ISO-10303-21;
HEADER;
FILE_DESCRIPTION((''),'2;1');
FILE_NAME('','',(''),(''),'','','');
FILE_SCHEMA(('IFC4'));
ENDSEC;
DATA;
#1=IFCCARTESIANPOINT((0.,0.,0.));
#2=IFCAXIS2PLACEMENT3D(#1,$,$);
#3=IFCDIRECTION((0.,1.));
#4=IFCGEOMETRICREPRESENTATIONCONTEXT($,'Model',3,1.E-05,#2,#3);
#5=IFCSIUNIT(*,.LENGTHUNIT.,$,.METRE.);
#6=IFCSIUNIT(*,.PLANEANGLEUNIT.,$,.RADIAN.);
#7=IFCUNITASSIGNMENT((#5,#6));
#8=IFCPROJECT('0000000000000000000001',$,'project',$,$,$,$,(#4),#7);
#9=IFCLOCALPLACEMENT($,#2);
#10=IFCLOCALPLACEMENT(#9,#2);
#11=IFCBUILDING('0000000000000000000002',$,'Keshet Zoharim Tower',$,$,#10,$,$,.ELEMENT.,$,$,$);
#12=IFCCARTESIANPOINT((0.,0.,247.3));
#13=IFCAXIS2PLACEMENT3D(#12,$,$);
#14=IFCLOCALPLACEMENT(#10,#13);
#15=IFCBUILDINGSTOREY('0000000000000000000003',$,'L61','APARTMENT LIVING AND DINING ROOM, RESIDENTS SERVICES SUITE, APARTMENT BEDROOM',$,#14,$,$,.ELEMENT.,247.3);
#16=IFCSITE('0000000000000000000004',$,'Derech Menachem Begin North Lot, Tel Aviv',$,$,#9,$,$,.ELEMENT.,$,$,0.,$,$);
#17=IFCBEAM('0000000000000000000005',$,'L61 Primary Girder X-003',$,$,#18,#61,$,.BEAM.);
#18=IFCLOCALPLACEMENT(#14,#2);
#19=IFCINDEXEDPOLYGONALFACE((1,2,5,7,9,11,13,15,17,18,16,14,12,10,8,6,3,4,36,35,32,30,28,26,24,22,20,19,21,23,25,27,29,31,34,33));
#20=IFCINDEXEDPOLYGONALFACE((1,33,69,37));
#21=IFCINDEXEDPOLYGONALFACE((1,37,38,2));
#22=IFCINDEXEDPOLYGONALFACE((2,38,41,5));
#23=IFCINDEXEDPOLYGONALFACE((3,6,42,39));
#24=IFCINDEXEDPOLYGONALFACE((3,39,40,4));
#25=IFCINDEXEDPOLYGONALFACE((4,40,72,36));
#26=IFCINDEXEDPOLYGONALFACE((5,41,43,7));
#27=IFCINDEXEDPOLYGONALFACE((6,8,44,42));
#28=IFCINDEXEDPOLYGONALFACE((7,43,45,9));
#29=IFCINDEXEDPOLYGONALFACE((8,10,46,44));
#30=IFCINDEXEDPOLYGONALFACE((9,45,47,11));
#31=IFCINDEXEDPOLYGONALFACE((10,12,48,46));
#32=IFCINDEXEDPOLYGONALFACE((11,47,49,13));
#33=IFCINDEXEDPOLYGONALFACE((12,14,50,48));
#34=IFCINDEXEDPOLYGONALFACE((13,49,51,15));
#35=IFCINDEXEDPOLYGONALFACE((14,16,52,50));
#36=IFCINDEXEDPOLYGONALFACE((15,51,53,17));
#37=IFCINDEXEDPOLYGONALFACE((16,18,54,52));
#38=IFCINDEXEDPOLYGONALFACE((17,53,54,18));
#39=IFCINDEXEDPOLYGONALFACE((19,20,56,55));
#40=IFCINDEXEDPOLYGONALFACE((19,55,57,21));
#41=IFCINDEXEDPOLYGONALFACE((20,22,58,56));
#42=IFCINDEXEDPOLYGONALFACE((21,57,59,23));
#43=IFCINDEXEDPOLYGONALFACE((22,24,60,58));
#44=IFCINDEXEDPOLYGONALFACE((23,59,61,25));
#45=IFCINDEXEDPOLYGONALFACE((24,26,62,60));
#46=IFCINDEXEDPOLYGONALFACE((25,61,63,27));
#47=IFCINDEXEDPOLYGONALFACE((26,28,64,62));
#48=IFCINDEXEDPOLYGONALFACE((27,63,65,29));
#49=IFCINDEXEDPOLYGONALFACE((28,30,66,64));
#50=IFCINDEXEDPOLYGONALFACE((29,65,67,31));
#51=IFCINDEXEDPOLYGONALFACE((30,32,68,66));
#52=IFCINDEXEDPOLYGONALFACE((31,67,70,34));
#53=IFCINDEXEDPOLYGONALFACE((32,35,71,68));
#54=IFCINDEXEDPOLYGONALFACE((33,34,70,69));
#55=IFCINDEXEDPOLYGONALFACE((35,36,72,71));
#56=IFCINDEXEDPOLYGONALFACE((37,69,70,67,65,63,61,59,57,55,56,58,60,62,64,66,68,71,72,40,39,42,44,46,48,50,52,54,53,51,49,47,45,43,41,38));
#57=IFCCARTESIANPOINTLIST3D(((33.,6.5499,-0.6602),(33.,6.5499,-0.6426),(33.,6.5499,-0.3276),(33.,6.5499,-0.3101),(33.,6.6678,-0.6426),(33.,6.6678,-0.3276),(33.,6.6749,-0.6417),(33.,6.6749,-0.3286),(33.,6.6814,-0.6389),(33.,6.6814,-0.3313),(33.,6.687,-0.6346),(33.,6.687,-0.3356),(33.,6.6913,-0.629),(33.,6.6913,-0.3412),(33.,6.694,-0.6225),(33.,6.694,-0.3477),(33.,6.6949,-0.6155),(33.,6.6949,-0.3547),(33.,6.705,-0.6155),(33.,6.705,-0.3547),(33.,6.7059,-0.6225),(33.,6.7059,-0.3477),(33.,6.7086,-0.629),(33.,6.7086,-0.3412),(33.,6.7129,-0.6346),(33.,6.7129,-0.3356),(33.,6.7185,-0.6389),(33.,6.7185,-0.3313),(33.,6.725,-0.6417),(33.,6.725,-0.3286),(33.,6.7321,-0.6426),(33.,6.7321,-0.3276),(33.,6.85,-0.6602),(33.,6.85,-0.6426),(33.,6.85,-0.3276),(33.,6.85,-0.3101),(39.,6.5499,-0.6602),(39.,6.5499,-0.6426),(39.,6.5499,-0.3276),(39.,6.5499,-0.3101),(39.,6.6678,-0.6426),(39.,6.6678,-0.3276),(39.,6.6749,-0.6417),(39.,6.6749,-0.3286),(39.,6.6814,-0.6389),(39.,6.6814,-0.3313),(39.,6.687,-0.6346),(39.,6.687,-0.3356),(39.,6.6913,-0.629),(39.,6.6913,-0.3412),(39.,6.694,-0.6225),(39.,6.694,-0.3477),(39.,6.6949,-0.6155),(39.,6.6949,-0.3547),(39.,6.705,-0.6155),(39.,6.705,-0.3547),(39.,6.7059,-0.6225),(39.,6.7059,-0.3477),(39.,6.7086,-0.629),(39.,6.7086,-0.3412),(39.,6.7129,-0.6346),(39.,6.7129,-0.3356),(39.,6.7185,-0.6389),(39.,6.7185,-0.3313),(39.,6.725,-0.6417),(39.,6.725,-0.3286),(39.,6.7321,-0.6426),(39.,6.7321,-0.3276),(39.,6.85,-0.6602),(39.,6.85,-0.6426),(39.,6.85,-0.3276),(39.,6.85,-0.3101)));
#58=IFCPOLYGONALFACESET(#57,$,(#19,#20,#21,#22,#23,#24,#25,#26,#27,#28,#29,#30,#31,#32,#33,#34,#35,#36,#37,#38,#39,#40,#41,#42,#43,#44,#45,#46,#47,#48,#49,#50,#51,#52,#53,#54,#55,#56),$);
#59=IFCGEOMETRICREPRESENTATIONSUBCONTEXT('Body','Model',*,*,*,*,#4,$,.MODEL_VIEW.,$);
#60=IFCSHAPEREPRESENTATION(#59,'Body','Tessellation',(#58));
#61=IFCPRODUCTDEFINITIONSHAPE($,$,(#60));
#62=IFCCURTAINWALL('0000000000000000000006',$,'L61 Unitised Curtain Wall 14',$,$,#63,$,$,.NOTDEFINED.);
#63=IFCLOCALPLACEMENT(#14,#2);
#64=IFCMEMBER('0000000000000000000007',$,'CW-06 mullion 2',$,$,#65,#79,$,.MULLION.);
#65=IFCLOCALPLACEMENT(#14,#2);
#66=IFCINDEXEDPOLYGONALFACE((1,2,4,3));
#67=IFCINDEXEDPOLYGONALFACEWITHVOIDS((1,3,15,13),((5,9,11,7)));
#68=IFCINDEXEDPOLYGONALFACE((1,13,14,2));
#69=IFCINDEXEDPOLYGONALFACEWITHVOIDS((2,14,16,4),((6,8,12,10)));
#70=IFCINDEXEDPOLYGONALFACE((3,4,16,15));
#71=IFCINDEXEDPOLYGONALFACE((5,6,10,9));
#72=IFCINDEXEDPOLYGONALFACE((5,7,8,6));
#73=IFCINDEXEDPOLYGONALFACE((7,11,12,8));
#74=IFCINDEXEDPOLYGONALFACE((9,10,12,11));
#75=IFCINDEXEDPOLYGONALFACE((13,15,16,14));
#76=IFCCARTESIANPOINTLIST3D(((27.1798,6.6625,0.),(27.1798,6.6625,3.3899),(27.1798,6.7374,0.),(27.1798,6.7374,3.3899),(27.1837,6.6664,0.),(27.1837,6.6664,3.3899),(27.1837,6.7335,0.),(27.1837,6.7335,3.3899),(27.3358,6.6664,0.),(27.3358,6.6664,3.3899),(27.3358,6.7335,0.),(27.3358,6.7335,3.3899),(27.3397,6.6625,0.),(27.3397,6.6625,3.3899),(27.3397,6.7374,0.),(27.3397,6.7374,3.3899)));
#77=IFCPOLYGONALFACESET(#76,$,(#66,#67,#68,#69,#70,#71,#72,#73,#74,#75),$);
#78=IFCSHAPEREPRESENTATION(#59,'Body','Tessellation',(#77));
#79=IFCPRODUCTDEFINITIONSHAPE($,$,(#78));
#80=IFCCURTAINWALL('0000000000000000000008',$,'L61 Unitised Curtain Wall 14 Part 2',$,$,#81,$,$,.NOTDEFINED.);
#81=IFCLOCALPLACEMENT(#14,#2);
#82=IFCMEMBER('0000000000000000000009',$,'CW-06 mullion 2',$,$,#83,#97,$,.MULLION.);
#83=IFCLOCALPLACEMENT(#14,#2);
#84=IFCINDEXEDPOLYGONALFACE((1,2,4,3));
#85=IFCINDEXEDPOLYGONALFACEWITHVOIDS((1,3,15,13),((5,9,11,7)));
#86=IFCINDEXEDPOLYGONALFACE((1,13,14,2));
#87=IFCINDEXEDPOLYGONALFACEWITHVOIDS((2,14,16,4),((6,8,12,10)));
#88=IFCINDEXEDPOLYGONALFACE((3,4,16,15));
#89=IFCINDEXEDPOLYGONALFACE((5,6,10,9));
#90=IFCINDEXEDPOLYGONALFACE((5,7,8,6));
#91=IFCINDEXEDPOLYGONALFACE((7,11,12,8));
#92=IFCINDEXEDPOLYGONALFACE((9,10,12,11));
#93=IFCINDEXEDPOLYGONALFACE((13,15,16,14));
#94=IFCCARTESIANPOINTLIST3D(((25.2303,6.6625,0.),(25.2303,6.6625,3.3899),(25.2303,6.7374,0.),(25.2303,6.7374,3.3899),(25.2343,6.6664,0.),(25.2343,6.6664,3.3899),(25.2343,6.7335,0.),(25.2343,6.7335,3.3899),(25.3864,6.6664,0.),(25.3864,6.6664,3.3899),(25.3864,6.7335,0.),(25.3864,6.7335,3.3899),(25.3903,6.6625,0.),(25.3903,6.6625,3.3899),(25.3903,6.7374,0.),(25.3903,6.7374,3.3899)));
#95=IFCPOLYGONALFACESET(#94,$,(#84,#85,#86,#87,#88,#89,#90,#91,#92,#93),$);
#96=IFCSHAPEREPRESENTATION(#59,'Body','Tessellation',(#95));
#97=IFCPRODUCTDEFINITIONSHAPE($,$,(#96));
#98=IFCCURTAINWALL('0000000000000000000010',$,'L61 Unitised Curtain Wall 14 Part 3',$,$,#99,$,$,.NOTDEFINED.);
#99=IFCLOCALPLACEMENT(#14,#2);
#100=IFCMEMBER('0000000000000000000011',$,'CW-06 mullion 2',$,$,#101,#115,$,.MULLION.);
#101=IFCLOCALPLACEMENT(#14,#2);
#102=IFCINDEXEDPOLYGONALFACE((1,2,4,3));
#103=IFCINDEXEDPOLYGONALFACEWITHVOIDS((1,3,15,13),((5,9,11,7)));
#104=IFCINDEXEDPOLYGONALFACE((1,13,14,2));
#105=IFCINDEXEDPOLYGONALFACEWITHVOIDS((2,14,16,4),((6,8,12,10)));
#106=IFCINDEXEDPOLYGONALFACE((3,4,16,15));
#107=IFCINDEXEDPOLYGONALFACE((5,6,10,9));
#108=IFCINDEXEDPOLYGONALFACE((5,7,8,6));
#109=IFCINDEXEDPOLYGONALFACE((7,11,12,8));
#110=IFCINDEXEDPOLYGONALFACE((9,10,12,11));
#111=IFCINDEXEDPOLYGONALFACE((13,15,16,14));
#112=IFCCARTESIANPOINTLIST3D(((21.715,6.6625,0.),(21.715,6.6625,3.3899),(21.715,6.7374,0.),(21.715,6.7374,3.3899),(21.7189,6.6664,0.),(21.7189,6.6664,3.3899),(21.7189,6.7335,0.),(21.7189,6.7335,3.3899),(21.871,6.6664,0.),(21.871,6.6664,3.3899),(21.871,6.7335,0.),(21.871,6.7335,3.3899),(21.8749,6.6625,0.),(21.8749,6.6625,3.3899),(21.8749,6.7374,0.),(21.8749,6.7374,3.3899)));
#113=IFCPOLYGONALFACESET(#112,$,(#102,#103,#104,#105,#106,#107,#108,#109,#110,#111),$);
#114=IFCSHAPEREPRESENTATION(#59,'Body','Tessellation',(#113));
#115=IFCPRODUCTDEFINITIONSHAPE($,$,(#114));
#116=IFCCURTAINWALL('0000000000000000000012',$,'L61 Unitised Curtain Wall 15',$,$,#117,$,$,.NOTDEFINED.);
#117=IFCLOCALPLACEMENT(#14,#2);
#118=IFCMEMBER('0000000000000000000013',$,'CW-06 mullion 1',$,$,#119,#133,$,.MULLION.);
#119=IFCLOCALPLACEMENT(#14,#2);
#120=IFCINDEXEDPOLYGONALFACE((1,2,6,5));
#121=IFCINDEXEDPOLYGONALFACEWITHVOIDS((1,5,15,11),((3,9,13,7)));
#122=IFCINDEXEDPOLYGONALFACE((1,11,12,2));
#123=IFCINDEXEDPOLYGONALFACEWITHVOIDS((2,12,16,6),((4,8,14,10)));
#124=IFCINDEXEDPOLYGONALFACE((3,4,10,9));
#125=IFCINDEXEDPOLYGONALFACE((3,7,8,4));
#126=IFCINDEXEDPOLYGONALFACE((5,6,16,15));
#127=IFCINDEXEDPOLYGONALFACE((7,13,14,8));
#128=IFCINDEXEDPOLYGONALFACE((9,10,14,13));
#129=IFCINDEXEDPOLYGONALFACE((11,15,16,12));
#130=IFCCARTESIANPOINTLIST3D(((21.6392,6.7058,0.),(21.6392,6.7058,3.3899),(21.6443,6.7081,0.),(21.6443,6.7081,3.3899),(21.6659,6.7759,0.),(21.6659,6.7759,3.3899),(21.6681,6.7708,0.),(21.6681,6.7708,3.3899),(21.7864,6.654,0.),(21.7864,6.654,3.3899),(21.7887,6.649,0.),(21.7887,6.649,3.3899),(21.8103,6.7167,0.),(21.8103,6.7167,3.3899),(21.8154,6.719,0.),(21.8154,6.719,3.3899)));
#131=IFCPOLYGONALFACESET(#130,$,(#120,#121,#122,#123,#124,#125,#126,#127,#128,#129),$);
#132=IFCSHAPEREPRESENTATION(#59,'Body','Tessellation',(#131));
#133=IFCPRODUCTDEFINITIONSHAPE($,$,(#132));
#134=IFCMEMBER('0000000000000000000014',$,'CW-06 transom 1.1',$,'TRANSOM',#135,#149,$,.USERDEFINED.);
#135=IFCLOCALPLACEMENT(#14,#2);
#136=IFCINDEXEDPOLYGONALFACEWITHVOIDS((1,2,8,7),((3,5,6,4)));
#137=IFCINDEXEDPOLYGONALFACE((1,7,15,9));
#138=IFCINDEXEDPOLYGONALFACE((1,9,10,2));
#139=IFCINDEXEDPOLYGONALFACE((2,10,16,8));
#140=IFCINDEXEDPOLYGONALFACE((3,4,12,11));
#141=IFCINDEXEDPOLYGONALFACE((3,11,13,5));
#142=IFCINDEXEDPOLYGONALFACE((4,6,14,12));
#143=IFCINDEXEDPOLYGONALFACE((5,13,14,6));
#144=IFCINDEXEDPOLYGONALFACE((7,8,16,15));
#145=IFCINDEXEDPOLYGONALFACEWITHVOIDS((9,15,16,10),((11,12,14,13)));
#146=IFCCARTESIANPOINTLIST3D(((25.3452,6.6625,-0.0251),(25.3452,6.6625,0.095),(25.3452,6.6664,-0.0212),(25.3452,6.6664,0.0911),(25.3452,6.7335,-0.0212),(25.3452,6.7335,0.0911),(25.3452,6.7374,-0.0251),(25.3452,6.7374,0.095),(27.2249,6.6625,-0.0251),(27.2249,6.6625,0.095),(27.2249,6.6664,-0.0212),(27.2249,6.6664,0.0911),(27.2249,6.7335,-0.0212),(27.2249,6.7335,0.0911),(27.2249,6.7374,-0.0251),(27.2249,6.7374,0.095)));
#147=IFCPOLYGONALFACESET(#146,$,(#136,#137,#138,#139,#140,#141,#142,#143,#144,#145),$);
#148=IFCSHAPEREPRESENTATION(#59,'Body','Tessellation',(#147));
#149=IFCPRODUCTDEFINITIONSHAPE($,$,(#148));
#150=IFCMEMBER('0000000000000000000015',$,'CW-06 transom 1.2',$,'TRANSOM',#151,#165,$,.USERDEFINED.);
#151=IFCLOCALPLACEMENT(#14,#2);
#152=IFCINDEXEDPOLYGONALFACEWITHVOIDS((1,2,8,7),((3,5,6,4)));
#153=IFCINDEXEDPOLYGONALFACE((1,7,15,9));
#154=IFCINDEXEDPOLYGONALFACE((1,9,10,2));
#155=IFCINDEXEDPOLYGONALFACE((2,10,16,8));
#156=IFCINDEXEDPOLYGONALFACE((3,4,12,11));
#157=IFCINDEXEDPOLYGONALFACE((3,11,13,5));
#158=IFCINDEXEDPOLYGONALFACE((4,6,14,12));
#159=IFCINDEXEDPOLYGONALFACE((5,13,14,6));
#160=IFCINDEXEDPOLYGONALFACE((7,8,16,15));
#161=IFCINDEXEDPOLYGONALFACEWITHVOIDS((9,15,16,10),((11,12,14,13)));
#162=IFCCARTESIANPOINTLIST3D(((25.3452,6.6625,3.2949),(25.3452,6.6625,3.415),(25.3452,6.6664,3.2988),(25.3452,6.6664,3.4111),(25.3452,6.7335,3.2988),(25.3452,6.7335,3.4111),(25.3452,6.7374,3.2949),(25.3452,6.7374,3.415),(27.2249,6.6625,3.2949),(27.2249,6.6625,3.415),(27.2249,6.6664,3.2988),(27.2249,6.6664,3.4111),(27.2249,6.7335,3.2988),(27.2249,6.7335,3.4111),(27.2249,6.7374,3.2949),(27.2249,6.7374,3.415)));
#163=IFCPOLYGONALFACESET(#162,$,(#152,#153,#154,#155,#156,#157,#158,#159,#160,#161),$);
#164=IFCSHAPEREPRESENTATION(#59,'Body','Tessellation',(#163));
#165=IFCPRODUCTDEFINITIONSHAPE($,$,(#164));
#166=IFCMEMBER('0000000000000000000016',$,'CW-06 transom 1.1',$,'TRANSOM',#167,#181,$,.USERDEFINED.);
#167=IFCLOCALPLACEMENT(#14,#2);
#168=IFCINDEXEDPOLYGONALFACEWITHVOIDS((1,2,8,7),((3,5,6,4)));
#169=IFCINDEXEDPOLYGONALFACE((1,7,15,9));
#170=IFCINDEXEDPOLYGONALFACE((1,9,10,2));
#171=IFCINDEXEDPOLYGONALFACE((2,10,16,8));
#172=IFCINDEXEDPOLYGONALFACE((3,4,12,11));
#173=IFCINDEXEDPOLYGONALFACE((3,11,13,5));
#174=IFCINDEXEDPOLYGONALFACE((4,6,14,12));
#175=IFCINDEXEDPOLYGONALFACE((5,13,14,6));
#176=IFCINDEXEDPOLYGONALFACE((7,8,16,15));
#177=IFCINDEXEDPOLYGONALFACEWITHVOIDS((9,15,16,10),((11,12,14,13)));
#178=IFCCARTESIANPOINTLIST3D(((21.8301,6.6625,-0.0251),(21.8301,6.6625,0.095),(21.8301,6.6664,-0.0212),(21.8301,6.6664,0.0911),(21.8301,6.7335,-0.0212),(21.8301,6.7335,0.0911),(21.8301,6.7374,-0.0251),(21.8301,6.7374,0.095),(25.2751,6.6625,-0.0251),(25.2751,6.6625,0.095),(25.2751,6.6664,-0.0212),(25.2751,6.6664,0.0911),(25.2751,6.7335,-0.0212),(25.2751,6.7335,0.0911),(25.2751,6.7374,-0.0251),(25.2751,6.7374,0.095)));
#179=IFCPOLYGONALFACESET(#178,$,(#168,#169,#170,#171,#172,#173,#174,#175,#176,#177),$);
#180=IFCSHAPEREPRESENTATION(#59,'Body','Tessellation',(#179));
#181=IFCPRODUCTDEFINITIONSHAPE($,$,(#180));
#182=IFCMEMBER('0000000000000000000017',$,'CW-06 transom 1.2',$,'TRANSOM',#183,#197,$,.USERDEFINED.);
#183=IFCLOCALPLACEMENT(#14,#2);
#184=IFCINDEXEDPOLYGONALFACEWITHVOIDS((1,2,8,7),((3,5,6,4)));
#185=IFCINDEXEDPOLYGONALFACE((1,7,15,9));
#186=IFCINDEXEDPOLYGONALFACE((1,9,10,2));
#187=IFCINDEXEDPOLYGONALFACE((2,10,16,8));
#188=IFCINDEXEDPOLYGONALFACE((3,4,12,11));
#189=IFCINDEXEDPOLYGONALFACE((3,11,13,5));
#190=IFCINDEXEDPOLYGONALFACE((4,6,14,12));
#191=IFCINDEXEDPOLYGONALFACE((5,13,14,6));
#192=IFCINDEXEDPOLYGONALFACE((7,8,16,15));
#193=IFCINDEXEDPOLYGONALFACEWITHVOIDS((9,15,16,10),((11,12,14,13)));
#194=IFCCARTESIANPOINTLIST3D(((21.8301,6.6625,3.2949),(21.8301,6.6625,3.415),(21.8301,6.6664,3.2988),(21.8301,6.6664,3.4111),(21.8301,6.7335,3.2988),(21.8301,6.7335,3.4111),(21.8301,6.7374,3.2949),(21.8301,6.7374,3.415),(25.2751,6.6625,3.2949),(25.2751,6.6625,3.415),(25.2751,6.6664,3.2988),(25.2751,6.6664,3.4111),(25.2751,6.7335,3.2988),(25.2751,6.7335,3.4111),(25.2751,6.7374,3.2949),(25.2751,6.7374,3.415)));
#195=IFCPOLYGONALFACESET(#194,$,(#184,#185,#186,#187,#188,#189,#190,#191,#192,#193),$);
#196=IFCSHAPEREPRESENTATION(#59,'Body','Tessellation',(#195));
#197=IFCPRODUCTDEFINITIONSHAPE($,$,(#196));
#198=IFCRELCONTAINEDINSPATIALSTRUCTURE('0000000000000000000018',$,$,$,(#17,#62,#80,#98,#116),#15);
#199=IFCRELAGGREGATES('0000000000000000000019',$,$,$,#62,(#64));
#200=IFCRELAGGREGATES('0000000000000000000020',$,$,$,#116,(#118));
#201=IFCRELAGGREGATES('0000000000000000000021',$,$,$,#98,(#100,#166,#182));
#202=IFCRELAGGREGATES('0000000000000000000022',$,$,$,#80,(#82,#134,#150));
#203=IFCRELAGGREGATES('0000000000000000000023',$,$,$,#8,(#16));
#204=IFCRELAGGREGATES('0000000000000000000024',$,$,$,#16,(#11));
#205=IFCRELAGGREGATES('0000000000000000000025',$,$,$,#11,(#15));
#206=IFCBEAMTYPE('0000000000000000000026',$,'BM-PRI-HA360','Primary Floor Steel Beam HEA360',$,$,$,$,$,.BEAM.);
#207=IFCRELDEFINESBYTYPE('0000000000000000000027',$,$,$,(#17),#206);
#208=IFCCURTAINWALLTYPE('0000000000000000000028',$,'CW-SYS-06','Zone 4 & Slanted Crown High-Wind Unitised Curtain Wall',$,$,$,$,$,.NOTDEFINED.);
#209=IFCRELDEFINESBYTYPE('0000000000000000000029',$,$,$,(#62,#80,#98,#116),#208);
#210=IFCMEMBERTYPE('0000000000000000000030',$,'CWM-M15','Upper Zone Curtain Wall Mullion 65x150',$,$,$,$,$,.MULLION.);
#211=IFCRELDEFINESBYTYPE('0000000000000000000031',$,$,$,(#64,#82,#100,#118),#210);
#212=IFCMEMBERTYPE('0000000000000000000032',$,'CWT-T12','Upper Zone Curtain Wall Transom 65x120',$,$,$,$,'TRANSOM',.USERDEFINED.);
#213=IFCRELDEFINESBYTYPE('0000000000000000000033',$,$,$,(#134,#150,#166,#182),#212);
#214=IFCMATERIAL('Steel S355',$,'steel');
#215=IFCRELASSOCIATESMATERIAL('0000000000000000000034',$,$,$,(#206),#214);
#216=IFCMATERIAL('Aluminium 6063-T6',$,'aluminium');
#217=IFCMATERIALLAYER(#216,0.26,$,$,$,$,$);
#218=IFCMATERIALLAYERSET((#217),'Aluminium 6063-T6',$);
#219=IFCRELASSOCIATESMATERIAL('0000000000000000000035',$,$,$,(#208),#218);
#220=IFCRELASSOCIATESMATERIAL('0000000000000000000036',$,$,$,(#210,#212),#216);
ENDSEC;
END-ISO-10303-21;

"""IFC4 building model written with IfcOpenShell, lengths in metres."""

from ifc_helpers import new_model, si_unit, direction, frame, origin, origin_2d, place, context, subcontext, project, spatial, hollow_rectangle, i_section, extrude, material, layer, layer_set, material_profile, profile_set, type_object, element, aggregate, save


model = new_model("IFC4")

# Units and contexts
model_context = context("Model", 3, precision=1e-05, world=origin(), true_north=direction((0.0, 1.0)))
body_context = subcontext(model_context, "Body", "Model", "MODEL_VIEW")
ifc_project = project(units=[si_unit("LENGTHUNIT", "METRE"), si_unit("PLANEANGLEUNIT", "RADIAN")], contexts=[model_context])

# Site, building, storey
site_placement = place(None, origin())
site = spatial("IfcSite", under=ifc_project, at=site_placement, Name="Derech Menachem Begin North Lot, Tel Aviv", CompositionType="ELEMENT", RefElevation=0.0)
building_placement = place(site_placement, origin())
building = spatial("IfcBuilding", under=site, at=building_placement, Name="Keshet Zoharim Tower", CompositionType="ELEMENT")
storey_placement = place(building_placement, frame((0.0, 0.0, 247.3)))
storey = spatial("IfcBuildingStorey", under=building, at=storey_placement, Name="L61", Description="APARTMENT LIVING AND DINING ROOM, RESIDENTS SERVICES SUITE, APARTMENT BEDROOM", CompositionType="ELEMENT", Elevation=247.3)

# Shared definitions
ifc_material_1 = material(Name="Steel S355", Category="steel")

# Beam
ifc_material_profile_1 = material_profile(ifc_material_1, i_section(OverallWidth=0.3, OverallDepth=0.3501, WebThickness=0.01, FlangeThickness=0.0176, FilletRadius=0.0271, at=origin_2d()), Name="HEA360")
ifc_profile_set_1 = profile_set([ifc_material_profile_1], Name="Steel S355")
beam_type_1 = type_object("IfcBeamType", Name="BM-PRI-HA360", Description="Primary Floor Steel Beam HEA360", PredefinedType="BEAM", material=ifc_profile_set_1)
for number, where, z_axis, x_axis, name in (
    (1, (33.0, 6.7, -0.4851), (1.0, 0.0, 0.0), (0.0, 1.0, 0.0), "L61 Primary Girder X-003"),
):
    element("IfcBeam", number, at=place(storey_placement, frame(where, z_axis=z_axis, x_axis=x_axis)), inside=storey, type_object=beam_type_1, Name=name, PredefinedType="BEAM", context=body_context, shape_type="SweptSolid", body=[
        extrude(i_section(OverallWidth=0.3, OverallDepth=0.3501, WebThickness=0.01, FlangeThickness=0.0176, FilletRadius=0.0271, at=origin_2d()), origin(), (0.0, 0.0, 1.0), 6.0),
    ])

# Curtain walls, members
ifc_material_2 = material(Name="Aluminium 6063-T6", Category="aluminium")
ifc_layer_1 = layer(ifc_material_2, 0.26)
ifc_layer_set_1 = layer_set([ifc_layer_1], Name="Aluminium 6063-T6")
curtain_wall_type = type_object("IfcCurtainWallType", Name="CW-SYS-06", Description="Zone 4 & Slanted Crown High-Wind Unitised Curtain Wall", PredefinedType="NOTDEFINED", material=ifc_layer_set_1)
curtain_wall_1_placement = place(storey_placement, origin())
curtain_wall_1 = element("IfcCurtainWall", 2, at=curtain_wall_1_placement, inside=storey, type_object=curtain_wall_type, Name="L61 Unitised Curtain Wall 14", PredefinedType="NOTDEFINED")
ifc_material_profile_2 = material_profile(ifc_material_2, hollow_rectangle(XDim=0.075, YDim=0.1599, WallThickness=0.0039, at=origin_2d()), Name="MUL-75x160")
ifc_profile_set_2 = profile_set([ifc_material_profile_2], Name="Aluminium 6063-T6")
member_type_1 = type_object("IfcMemberType", Name="CWM-M15", Description="Upper Zone Curtain Wall Mullion 65x150", PredefinedType="MULLION", material=ifc_profile_set_2)
member_1_placement = place(storey_placement, frame((27.2598, 6.7, 0.0), z_axis=(0.0, 0.0, 1.0), x_axis=(0.0, -1.0, 0.0)))
member_1 = element("IfcMember", 3, at=member_1_placement, type_object=member_type_1, Name="CW-06 mullion 2", PredefinedType="MULLION", context=body_context, shape_type="SweptSolid", body=[
    extrude(hollow_rectangle(XDim=0.075, YDim=0.1599, WallThickness=0.0039, at=origin_2d()), origin(), (0.0, 0.0, 1.0), 3.3899),
])
aggregate(curtain_wall_1, [member_1])
curtain_wall_2_placement = place(storey_placement, origin())
curtain_wall_2 = element("IfcCurtainWall", 4, at=curtain_wall_2_placement, inside=storey, type_object=curtain_wall_type, Name="L61 Unitised Curtain Wall 14 Part 2", PredefinedType="NOTDEFINED")
member_2_placement = place(storey_placement, frame((25.3103, 6.7, 0.0), z_axis=(0.0, 0.0, 1.0), x_axis=(0.0, -1.0, 0.0)))
member_2 = element("IfcMember", 5, at=member_2_placement, type_object=member_type_1, Name="CW-06 mullion 2", PredefinedType="MULLION", context=body_context, shape_type="SweptSolid", body=[
    extrude(hollow_rectangle(XDim=0.075, YDim=0.1599, WallThickness=0.0039, at=origin_2d()), origin(), (0.0, 0.0, 1.0), 3.3899),
])
curtain_wall_3_placement = place(storey_placement, origin())
curtain_wall_3 = element("IfcCurtainWall", 6, at=curtain_wall_3_placement, inside=storey, type_object=curtain_wall_type, Name="L61 Unitised Curtain Wall 14 Part 3", PredefinedType="NOTDEFINED")
member_3_placement = place(storey_placement, frame((21.7949, 6.7, 0.0), z_axis=(0.0, 0.0, 1.0), x_axis=(0.0, -1.0, 0.0)))
member_3 = element("IfcMember", 7, at=member_3_placement, type_object=member_type_1, Name="CW-06 mullion 2", PredefinedType="MULLION", context=body_context, shape_type="SweptSolid", body=[
    extrude(hollow_rectangle(XDim=0.075, YDim=0.1599, WallThickness=0.0039, at=origin_2d()), origin(), (0.0, 0.0, 1.0), 3.3899),
])
curtain_wall_4_placement = place(storey_placement, origin())
curtain_wall_4 = element("IfcCurtainWall", 8, at=curtain_wall_4_placement, inside=storey, type_object=curtain_wall_type, Name="L61 Unitised Curtain Wall 15", PredefinedType="NOTDEFINED")
member_4_placement = place(storey_placement, frame((21.7273, 6.7124, 0.0), z_axis=(0.0, 0.0, 1.0), x_axis=(-0.355439, -0.934699, 0.0)))
member_4 = element("IfcMember", 9, at=member_4_placement, type_object=member_type_1, Name="CW-06 mullion 1", PredefinedType="MULLION", context=body_context, shape_type="SweptSolid", body=[
    extrude(hollow_rectangle(XDim=0.075, YDim=0.1599, WallThickness=0.0039, at=origin_2d()), origin(), (0.0, 0.0, 1.0), 3.3899),
])

# Members
ifc_material_profile_3 = material_profile(ifc_material_2, hollow_rectangle(XDim=0.075, YDim=0.1201, WallThickness=0.0039, at=origin_2d()), Name="TRN-75x120")
ifc_profile_set_3 = profile_set([ifc_material_profile_3], Name="Aluminium 6063-T6")
member_type_2 = type_object("IfcMemberType", Name="CWT-T12", Description="Upper Zone Curtain Wall Transom 65x120", ElementType="TRANSOM", PredefinedType="USERDEFINED", material=ifc_profile_set_3)
member_5_placement = place(storey_placement, frame((27.2249, 6.7, 0.0349), z_axis=(-1.0, 0.0, 0.0), x_axis=(0.0, -1.0, 0.0)))
member_5 = element("IfcMember", 10, at=member_5_placement, type_object=member_type_2, Name="CW-06 transom 1.1", ObjectType="TRANSOM", PredefinedType="USERDEFINED", context=body_context, shape_type="SweptSolid", body=[
    extrude(hollow_rectangle(XDim=0.075, YDim=0.1201, WallThickness=0.0039, at=origin_2d()), origin(), (0.0, 0.0, 1.0), 1.8796),
])
member_6_placement = place(storey_placement, frame((27.2249, 6.7, 3.355), z_axis=(-1.0, 0.0, 0.0), x_axis=(0.0, -1.0, 0.0)))
member_6 = element("IfcMember", 11, at=member_6_placement, type_object=member_type_2, Name="CW-06 transom 1.2", ObjectType="TRANSOM", PredefinedType="USERDEFINED", context=body_context, shape_type="SweptSolid", body=[
    extrude(hollow_rectangle(XDim=0.075, YDim=0.1201, WallThickness=0.0039, at=origin_2d()), origin(), (0.0, 0.0, 1.0), 1.8796),
])
member_7_placement = place(storey_placement, frame((25.2751, 6.7, 0.0349), z_axis=(-1.0, 0.0, 0.0), x_axis=(0.0, -1.0, 0.0)))
member_7 = element("IfcMember", 12, at=member_7_placement, type_object=member_type_2, Name="CW-06 transom 1.1", ObjectType="TRANSOM", PredefinedType="USERDEFINED", context=body_context, shape_type="SweptSolid", body=[
    extrude(hollow_rectangle(XDim=0.075, YDim=0.1201, WallThickness=0.0039, at=origin_2d()), origin(), (0.0, 0.0, 1.0), 3.4451),
])
member_8_placement = place(storey_placement, frame((25.2751, 6.7, 3.355), z_axis=(-1.0, 0.0, 0.0), x_axis=(0.0, -1.0, 0.0)))
member_8 = element("IfcMember", 13, at=member_8_placement, type_object=member_type_2, Name="CW-06 transom 1.2", ObjectType="TRANSOM", PredefinedType="USERDEFINED", context=body_context, shape_type="SweptSolid", body=[
    extrude(hollow_rectangle(XDim=0.075, YDim=0.1201, WallThickness=0.0039, at=origin_2d()), origin(), (0.0, 0.0, 1.0), 3.4451),
])
aggregate(curtain_wall_4, [member_4])

aggregate(curtain_wall_3, [member_3, member_7, member_8])
aggregate(curtain_wall_2, [member_2, member_5, member_6])

save(model, "model.ifc")
